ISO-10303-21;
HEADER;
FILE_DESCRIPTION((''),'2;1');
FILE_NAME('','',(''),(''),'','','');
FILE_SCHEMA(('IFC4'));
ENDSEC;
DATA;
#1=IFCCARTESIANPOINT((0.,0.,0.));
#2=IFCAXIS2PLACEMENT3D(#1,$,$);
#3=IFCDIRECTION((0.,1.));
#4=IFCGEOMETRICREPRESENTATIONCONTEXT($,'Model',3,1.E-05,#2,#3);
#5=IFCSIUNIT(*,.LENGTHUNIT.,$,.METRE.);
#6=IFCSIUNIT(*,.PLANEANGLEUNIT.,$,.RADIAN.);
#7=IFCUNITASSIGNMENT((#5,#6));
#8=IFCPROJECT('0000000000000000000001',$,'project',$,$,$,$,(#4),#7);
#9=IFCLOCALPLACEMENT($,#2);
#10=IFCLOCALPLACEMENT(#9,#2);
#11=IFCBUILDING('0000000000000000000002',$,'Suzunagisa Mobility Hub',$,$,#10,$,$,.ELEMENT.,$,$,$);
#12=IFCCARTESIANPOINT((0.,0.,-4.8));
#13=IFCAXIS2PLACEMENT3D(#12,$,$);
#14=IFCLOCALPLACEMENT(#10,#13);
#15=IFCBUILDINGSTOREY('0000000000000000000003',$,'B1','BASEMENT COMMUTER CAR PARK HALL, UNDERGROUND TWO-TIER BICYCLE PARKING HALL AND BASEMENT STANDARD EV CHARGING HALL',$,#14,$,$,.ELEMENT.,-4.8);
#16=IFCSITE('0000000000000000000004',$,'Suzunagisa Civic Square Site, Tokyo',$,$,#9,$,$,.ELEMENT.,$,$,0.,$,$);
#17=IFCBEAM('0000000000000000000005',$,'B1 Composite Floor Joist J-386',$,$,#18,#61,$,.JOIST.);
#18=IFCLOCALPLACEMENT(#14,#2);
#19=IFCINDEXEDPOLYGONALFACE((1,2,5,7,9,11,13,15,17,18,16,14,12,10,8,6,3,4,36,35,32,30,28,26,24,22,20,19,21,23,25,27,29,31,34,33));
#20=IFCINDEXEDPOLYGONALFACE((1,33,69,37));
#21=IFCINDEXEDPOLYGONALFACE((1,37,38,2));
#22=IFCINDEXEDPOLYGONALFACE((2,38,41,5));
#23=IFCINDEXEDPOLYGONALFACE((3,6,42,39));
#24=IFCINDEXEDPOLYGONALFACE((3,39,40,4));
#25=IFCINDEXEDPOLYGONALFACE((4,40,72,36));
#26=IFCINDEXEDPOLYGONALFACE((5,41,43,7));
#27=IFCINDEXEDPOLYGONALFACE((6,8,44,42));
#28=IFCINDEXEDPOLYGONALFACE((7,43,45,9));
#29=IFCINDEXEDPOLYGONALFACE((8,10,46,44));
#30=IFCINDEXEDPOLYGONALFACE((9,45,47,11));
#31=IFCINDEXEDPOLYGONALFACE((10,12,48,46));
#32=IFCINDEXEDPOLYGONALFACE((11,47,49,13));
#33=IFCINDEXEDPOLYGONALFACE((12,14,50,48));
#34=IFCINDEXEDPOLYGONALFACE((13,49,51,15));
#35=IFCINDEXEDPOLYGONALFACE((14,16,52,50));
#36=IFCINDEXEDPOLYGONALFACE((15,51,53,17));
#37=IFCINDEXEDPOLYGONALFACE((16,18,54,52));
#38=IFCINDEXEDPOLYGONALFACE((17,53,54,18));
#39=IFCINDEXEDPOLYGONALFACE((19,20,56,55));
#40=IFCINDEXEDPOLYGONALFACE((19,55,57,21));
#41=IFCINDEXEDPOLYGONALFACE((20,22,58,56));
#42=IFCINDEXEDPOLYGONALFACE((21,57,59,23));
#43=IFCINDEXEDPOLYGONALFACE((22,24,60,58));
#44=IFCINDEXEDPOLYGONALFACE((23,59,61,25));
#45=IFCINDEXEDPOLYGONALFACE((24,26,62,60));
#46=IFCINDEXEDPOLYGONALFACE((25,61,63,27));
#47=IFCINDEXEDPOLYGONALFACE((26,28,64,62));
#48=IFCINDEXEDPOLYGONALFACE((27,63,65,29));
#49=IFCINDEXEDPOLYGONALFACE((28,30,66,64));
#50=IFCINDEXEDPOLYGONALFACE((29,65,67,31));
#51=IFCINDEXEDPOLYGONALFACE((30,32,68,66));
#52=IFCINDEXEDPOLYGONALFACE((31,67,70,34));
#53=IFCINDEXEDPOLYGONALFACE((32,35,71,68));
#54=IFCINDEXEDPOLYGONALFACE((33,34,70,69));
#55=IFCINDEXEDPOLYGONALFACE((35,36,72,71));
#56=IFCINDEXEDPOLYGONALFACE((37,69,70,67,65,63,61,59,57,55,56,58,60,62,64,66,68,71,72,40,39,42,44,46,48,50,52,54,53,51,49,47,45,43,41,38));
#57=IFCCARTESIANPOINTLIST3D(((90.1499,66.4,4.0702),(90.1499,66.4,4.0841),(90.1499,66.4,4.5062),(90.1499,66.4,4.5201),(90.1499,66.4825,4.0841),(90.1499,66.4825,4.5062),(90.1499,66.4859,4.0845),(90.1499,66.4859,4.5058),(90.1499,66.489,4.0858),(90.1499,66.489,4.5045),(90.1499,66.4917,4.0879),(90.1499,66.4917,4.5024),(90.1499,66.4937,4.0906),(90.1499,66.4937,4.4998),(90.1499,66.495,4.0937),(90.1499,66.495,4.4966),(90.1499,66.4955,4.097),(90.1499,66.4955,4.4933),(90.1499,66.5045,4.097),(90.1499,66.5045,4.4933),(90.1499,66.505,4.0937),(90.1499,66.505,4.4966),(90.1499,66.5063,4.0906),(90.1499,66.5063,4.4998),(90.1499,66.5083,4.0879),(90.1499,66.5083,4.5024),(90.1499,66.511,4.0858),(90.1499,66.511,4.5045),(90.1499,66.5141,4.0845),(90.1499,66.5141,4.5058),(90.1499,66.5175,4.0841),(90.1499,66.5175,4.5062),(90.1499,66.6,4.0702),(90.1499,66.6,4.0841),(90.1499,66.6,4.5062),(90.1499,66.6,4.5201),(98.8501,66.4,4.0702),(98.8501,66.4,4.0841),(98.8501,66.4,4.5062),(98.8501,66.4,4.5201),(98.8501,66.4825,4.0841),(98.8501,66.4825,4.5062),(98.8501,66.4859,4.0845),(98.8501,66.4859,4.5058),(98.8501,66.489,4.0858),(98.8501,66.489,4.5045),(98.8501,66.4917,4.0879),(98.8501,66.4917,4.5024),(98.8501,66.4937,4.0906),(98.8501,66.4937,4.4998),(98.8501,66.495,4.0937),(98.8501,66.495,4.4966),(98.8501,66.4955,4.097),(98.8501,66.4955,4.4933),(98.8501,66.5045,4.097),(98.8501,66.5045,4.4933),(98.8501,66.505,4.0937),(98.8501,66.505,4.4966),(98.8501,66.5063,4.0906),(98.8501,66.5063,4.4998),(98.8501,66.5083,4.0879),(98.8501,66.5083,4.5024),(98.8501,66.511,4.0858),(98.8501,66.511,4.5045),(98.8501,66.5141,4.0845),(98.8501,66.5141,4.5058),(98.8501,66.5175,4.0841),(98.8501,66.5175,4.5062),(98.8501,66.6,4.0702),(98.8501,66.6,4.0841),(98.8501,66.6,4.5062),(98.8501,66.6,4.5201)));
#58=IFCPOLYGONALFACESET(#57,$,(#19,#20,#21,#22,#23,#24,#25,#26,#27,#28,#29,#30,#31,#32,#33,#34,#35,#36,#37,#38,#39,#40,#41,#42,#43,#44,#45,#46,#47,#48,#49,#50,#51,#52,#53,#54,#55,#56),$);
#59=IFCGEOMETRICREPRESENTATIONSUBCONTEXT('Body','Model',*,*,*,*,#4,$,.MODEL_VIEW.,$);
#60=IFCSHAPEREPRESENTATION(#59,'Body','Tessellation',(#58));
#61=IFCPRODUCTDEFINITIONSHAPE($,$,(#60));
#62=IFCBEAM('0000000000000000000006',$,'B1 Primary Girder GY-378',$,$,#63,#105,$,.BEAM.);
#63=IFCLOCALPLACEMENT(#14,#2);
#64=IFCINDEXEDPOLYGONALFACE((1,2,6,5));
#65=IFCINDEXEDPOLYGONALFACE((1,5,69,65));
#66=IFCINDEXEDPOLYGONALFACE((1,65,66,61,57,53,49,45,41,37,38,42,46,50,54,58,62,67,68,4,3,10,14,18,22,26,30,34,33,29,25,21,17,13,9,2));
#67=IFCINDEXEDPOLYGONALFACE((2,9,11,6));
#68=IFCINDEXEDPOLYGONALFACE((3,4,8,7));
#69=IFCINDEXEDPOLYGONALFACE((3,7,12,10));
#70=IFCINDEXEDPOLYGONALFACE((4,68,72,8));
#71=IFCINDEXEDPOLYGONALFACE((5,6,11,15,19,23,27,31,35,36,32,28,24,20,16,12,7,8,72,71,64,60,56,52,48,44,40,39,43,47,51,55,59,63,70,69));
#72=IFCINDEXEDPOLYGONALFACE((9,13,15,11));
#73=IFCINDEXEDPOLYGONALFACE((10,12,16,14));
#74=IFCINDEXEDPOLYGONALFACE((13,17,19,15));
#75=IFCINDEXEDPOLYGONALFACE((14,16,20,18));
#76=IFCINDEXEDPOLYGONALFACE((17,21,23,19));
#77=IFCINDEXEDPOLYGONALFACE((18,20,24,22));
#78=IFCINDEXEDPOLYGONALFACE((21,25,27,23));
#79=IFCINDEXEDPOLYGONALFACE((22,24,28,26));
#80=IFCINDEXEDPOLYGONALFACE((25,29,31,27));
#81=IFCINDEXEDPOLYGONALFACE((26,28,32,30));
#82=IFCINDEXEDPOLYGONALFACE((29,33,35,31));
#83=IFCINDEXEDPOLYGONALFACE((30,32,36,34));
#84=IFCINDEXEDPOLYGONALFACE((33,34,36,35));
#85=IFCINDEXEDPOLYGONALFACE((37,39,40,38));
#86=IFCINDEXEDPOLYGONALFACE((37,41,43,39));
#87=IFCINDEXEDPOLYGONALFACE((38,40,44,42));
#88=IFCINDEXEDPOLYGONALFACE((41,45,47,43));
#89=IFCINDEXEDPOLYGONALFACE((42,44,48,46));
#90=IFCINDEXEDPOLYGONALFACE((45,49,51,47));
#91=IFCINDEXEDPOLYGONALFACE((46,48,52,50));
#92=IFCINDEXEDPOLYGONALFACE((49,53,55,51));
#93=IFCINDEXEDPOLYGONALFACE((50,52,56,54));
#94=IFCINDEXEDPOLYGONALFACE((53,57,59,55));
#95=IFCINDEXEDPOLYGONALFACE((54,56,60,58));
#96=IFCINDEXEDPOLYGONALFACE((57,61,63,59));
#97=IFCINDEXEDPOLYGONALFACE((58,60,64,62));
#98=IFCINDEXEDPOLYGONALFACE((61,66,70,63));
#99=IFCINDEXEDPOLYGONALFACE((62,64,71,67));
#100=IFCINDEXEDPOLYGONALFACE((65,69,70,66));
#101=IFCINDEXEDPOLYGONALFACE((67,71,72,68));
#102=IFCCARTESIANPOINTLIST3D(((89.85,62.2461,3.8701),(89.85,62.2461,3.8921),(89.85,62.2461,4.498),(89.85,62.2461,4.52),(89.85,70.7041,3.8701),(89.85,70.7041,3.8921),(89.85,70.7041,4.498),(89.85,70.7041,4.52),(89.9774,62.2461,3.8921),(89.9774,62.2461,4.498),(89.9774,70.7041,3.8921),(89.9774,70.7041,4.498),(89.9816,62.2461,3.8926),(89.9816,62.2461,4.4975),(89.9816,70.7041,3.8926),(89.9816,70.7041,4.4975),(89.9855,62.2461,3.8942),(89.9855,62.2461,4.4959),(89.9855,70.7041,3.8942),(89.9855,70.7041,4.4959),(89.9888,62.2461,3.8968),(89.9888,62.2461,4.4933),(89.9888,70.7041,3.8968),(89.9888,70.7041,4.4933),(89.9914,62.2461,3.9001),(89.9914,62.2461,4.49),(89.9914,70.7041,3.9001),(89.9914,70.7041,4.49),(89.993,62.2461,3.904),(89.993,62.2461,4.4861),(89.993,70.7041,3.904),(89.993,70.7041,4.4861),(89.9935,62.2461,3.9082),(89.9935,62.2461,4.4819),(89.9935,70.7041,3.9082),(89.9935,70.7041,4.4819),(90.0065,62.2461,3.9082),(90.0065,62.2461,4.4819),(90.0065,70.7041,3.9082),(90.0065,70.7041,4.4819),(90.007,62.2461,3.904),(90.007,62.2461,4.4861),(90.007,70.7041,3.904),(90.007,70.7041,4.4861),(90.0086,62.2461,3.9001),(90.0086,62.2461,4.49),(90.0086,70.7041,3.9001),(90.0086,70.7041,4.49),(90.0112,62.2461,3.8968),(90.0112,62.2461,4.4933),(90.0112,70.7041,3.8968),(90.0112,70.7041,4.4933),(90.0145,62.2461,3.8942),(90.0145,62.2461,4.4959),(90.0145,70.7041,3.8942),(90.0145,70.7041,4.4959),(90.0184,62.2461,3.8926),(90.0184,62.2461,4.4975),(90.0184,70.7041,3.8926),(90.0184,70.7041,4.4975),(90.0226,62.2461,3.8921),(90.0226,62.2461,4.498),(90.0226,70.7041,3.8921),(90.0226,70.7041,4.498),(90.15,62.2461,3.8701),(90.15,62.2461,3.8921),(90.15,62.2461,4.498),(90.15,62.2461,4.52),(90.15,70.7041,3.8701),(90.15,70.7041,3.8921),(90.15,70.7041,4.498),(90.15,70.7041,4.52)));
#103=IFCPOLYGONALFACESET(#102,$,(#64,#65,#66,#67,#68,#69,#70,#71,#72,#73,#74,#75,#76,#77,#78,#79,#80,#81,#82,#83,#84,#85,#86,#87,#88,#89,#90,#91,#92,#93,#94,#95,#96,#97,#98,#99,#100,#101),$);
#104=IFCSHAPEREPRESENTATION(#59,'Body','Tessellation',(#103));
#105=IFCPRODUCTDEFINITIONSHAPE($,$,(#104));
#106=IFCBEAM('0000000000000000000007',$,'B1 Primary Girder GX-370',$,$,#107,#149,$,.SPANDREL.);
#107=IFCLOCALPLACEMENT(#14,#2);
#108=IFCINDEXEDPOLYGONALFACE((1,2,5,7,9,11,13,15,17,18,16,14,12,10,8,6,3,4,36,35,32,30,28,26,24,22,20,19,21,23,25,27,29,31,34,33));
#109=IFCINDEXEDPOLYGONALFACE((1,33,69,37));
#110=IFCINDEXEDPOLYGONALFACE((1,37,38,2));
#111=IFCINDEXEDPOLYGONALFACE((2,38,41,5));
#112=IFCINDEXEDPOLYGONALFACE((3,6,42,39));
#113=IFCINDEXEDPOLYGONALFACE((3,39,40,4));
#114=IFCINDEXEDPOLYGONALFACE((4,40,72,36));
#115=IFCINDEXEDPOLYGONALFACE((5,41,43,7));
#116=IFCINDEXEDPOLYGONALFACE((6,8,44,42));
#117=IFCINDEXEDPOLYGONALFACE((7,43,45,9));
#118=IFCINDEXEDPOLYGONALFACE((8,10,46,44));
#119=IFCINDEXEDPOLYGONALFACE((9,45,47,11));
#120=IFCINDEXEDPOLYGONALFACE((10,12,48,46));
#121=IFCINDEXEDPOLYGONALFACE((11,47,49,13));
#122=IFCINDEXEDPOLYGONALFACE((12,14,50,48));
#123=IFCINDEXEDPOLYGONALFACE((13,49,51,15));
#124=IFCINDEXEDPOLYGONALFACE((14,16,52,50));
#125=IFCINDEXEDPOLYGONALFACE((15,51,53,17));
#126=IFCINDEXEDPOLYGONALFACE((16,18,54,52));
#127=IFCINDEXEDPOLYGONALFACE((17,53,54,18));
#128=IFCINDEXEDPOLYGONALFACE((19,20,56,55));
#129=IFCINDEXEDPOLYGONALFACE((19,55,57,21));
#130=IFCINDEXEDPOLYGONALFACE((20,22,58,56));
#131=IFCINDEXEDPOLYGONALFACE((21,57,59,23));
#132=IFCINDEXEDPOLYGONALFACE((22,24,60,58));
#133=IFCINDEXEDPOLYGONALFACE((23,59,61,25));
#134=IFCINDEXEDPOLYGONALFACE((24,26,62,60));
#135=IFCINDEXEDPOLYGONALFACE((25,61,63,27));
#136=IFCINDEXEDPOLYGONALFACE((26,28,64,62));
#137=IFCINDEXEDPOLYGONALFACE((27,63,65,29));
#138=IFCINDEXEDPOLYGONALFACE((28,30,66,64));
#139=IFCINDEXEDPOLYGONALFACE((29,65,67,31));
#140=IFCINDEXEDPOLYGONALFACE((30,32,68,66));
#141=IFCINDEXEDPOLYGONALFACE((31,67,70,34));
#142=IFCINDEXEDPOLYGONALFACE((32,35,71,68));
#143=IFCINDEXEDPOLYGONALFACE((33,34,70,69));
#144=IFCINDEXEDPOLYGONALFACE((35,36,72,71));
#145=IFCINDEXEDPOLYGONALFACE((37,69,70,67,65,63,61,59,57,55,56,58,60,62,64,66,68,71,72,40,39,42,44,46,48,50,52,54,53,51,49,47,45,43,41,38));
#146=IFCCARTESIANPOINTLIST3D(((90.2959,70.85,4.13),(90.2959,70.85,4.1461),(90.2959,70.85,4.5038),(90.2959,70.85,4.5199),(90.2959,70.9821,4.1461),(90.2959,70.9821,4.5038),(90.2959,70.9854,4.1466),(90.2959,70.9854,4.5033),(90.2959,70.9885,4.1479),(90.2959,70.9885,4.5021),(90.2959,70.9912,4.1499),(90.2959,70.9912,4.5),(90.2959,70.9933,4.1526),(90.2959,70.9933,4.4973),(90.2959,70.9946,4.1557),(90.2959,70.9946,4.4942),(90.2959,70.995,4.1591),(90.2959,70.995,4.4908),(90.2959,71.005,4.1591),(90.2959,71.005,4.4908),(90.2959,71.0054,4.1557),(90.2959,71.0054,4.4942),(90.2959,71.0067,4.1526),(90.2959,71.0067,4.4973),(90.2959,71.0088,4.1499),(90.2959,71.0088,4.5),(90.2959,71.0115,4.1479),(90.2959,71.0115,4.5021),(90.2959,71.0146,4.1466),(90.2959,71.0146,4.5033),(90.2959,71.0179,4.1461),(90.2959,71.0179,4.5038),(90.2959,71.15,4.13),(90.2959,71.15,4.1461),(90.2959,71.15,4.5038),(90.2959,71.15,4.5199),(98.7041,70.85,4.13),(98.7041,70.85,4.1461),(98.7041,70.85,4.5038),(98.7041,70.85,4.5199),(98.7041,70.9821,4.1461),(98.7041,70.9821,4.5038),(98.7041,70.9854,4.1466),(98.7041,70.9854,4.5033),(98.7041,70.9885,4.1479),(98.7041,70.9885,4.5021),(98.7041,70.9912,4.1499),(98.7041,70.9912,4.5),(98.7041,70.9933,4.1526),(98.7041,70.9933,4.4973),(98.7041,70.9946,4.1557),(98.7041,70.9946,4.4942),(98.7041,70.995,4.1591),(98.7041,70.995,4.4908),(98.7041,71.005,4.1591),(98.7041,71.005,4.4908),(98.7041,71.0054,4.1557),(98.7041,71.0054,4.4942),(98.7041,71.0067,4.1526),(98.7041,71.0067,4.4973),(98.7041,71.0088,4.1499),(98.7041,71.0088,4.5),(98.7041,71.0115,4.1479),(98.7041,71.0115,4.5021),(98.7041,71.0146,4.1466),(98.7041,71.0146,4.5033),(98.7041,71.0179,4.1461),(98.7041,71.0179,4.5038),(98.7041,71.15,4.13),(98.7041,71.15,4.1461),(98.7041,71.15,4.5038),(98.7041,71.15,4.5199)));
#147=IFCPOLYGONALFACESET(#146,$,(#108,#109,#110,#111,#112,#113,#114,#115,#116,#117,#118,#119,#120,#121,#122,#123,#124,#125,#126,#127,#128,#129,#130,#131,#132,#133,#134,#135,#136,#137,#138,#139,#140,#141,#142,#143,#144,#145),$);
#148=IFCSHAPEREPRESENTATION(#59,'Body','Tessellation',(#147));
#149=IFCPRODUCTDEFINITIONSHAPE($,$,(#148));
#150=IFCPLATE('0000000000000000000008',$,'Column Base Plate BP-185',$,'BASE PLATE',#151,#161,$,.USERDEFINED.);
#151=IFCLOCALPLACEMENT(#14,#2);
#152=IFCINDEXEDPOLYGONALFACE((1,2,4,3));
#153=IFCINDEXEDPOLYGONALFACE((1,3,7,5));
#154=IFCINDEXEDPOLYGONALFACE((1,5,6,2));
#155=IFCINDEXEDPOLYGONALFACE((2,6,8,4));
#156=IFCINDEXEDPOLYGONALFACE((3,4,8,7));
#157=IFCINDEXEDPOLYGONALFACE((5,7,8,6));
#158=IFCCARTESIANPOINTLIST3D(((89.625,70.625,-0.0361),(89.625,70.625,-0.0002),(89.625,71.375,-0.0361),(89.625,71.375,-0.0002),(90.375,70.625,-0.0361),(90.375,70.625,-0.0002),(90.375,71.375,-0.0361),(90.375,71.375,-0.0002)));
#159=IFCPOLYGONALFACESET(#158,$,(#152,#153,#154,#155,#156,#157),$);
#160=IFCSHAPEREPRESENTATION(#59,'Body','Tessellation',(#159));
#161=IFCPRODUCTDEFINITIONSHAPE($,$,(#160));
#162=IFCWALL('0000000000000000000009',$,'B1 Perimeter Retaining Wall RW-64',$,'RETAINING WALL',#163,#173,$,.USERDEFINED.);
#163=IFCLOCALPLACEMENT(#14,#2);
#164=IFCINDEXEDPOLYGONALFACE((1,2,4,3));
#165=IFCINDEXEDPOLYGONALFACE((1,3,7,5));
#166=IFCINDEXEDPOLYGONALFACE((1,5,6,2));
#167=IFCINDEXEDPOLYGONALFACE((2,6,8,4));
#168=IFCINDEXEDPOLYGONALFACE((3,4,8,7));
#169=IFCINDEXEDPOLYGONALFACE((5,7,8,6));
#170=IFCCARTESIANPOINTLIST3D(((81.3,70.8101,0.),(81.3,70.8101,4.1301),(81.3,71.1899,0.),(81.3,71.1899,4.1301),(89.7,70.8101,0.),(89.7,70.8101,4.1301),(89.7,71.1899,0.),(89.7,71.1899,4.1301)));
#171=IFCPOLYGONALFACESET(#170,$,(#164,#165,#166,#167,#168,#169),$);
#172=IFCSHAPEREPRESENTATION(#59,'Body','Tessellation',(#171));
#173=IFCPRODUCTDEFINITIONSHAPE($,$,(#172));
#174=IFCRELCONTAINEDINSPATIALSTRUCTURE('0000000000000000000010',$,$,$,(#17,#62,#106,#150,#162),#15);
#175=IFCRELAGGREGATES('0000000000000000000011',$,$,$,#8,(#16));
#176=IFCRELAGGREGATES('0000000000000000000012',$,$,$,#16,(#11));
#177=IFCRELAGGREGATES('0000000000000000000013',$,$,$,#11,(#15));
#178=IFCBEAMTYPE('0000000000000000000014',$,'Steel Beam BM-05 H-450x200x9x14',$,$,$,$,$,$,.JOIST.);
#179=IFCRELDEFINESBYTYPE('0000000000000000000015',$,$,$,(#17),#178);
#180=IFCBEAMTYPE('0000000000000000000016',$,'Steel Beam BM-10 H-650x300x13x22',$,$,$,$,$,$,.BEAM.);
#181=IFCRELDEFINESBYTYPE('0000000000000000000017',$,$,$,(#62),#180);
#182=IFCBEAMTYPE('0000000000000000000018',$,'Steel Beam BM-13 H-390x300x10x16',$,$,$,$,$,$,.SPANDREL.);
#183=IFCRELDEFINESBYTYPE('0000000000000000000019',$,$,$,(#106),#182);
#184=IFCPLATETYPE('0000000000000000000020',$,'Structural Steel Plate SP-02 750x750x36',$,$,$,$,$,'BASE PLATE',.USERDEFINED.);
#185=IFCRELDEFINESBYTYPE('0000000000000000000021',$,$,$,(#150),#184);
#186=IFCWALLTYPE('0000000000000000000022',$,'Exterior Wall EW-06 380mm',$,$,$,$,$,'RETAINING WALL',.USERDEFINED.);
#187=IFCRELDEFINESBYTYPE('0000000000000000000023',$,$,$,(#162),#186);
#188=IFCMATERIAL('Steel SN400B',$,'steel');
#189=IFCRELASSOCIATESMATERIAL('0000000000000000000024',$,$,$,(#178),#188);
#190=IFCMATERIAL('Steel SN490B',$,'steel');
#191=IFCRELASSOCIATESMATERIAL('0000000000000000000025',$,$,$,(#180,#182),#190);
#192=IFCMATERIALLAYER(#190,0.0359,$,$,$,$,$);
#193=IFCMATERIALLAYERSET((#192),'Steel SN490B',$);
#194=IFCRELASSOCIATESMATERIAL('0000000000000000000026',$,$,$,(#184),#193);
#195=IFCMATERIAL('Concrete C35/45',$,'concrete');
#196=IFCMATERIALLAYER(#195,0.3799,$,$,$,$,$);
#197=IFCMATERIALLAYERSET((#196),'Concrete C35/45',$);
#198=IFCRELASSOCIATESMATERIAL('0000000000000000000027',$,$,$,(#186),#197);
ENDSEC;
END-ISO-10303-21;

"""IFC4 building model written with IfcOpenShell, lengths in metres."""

from ifc_helpers import new_model, si_unit, direction, frame, frame_2d, origin, origin_2d, place, context, subcontext, project, spatial, rectangle, i_section, extrude, material, layer, layer_set, material_profile, profile_set, type_object, element, save


model = new_model("IFC4")

# Units and contexts
model_context = context("Model", 3, precision=1e-05, world=origin(), true_north=direction((0.0, 1.0)))
body_context = subcontext(model_context, "Body", "Model", "MODEL_VIEW")
ifc_project = project(units=[si_unit("LENGTHUNIT", "METRE"), si_unit("PLANEANGLEUNIT", "RADIAN")], contexts=[model_context])

# Site, building, storey
site_placement = place(None, origin())
site = spatial("IfcSite", under=ifc_project, at=site_placement, Name="Suzunagisa Civic Square Site, Tokyo", CompositionType="ELEMENT", RefElevation=0.0)
building_placement = place(site_placement, origin())
building = spatial("IfcBuilding", under=site, at=building_placement, Name="Suzunagisa Mobility Hub", CompositionType="ELEMENT")
storey_placement = place(building_placement, frame((0.0, 0.0, -4.8)))
storey = spatial("IfcBuildingStorey", under=building, at=storey_placement, Name="B1", Description="BASEMENT COMMUTER CAR PARK HALL, UNDERGROUND TWO-TIER BICYCLE PARKING HALL AND BASEMENT STANDARD EV CHARGING HALL", CompositionType="ELEMENT", Elevation=-4.8)

# Shared definitions
ifc_material_1 = material(Name="Concrete C35/45", Category="concrete")

# Shared definitions
ifc_material_2 = material(Name="Steel SN490B", Category="steel")

# Beams
ifc_material_3 = material(Name="Steel SN400B", Category="steel")
ifc_material_profile_1 = material_profile(ifc_material_3, i_section(OverallWidth=0.2, OverallDepth=0.45, WebThickness=0.009, FlangeThickness=0.0139, FilletRadius=0.0129, at=origin_2d()), Name="H-450x200x9x14")
ifc_profile_set_1 = profile_set([ifc_material_profile_1], Name="Steel SN400B")
beam_type_1 = type_object("IfcBeamType", Name="Steel Beam BM-05 H-450x200x9x14", PredefinedType="JOIST", material=ifc_profile_set_1)
beam_1_placement = place(storey_placement, frame((90.1499, 66.5, 4.2952), z_axis=(1.0, 0.0, 0.0), x_axis=(0.0, 1.0, 0.0)))
element("IfcBeam", 1, at=beam_1_placement, inside=storey, type_object=beam_type_1, Name="B1 Composite Floor Joist J-386", PredefinedType="JOIST", context=body_context, shape_type="SweptSolid", body=[
    extrude(i_section(OverallWidth=0.2, OverallDepth=0.45, WebThickness=0.009, FlangeThickness=0.0139, FilletRadius=0.0129, at=origin_2d()), origin(), (0.0, 0.0, 1.0), 8.7002),
])
ifc_material_profile_2 = material_profile(ifc_material_2, i_section(OverallWidth=0.3, OverallDepth=0.6499, WebThickness=0.0129, FlangeThickness=0.022, FilletRadius=0.0161, at=origin_2d()), Name="H-650x300x13x22")
ifc_profile_set_2 = profile_set([ifc_material_profile_2], Name="Steel SN490B")
beam_type_2 = type_object("IfcBeamType", Name="Steel Beam BM-10 H-650x300x13x22", PredefinedType="BEAM", material=ifc_profile_set_2)
beam_2_placement = place(storey_placement, frame((90.0, 62.2461, 4.1951), z_axis=(0.0, 1.0, 0.0), x_axis=(-1.0, 0.0, 0.0)))
element("IfcBeam", 2, at=beam_2_placement, inside=storey, type_object=beam_type_2, Name="B1 Primary Girder GY-378", PredefinedType="BEAM", context=body_context, shape_type="SweptSolid", body=[
    extrude(i_section(OverallWidth=0.3, OverallDepth=0.6499, WebThickness=0.0129, FlangeThickness=0.022, FilletRadius=0.0161, at=origin_2d()), origin(), (0.0, 0.0, 1.0), 8.458),
])
ifc_material_profile_3 = material_profile(ifc_material_2, i_section(OverallWidth=0.3, OverallDepth=0.3899, WebThickness=0.01, FlangeThickness=0.0161, FilletRadius=0.0129, at=origin_2d()), Name="H-390x300x10x16")
ifc_profile_set_3 = profile_set([ifc_material_profile_3], Name="Steel SN490B")
beam_type_3 = type_object("IfcBeamType", Name="Steel Beam BM-13 H-390x300x10x16", PredefinedType="SPANDREL", material=ifc_profile_set_3)
beam_3_placement = place(storey_placement, frame((90.2959, 71.0, 4.325), z_axis=(1.0, 0.0, 0.0), x_axis=(0.0, 1.0, 0.0)))
element("IfcBeam", 3, at=beam_3_placement, inside=storey, type_object=beam_type_3, Name="B1 Primary Girder GX-370", PredefinedType="SPANDREL", context=body_context, shape_type="SweptSolid", body=[
    extrude(i_section(OverallWidth=0.3, OverallDepth=0.3899, WebThickness=0.01, FlangeThickness=0.0161, FilletRadius=0.0129, at=origin_2d()), origin(), (0.0, 0.0, 1.0), 8.4082),
])

# Plate
ifc_layer_1 = layer(ifc_material_2, 0.0359)
ifc_layer_set_1 = layer_set([ifc_layer_1], Name="Steel SN490B")
plate_type = type_object("IfcPlateType", Name="Structural Steel Plate SP-02 750x750x36", ElementType="BASE PLATE", PredefinedType="USERDEFINED", material=ifc_layer_set_1)
plate_placement = place(storey_placement, frame((90.0, 71.0, -0.0361), z_axis=(0.0, 0.0, 1.0), x_axis=(1.0, 0.0, 0.0)))
element("IfcPlate", 4, at=plate_placement, inside=storey, type_object=plate_type, Name="Column Base Plate BP-185", ObjectType="BASE PLATE", PredefinedType="USERDEFINED", context=body_context, shape_type="SweptSolid", body=[
    extrude(rectangle(XDim=0.75, YDim=0.75, at=origin_2d()), origin(), (0.0, 0.0, 1.0), 0.0359),
])

# Wall
ifc_layer_2 = layer(ifc_material_1, 0.3799)
ifc_layer_set_2 = layer_set([ifc_layer_2], Name="Concrete C35/45")
wall_type = type_object("IfcWallType", Name="Exterior Wall EW-06 380mm", ElementType="RETAINING WALL", PredefinedType="USERDEFINED", material=ifc_layer_set_2)
wall_placement = place(storey_placement, frame((89.7, 71.0, 0.0), z_axis=(0.0, 0.0, 1.0), x_axis=(-1.0, 0.0, 0.0)))
element("IfcWall", 5, at=wall_placement, inside=storey, type_object=wall_type, Name="B1 Perimeter Retaining Wall RW-64", ObjectType="RETAINING WALL", PredefinedType="USERDEFINED", context=body_context, shape_type="SweptSolid", body=[
    extrude(rectangle(XDim=8.3999, YDim=0.3799, at=frame_2d((4.2, 0.0))), origin(), (0.0, 0.0, 1.0), 4.1301),
])

save(model, "model.ifc")
